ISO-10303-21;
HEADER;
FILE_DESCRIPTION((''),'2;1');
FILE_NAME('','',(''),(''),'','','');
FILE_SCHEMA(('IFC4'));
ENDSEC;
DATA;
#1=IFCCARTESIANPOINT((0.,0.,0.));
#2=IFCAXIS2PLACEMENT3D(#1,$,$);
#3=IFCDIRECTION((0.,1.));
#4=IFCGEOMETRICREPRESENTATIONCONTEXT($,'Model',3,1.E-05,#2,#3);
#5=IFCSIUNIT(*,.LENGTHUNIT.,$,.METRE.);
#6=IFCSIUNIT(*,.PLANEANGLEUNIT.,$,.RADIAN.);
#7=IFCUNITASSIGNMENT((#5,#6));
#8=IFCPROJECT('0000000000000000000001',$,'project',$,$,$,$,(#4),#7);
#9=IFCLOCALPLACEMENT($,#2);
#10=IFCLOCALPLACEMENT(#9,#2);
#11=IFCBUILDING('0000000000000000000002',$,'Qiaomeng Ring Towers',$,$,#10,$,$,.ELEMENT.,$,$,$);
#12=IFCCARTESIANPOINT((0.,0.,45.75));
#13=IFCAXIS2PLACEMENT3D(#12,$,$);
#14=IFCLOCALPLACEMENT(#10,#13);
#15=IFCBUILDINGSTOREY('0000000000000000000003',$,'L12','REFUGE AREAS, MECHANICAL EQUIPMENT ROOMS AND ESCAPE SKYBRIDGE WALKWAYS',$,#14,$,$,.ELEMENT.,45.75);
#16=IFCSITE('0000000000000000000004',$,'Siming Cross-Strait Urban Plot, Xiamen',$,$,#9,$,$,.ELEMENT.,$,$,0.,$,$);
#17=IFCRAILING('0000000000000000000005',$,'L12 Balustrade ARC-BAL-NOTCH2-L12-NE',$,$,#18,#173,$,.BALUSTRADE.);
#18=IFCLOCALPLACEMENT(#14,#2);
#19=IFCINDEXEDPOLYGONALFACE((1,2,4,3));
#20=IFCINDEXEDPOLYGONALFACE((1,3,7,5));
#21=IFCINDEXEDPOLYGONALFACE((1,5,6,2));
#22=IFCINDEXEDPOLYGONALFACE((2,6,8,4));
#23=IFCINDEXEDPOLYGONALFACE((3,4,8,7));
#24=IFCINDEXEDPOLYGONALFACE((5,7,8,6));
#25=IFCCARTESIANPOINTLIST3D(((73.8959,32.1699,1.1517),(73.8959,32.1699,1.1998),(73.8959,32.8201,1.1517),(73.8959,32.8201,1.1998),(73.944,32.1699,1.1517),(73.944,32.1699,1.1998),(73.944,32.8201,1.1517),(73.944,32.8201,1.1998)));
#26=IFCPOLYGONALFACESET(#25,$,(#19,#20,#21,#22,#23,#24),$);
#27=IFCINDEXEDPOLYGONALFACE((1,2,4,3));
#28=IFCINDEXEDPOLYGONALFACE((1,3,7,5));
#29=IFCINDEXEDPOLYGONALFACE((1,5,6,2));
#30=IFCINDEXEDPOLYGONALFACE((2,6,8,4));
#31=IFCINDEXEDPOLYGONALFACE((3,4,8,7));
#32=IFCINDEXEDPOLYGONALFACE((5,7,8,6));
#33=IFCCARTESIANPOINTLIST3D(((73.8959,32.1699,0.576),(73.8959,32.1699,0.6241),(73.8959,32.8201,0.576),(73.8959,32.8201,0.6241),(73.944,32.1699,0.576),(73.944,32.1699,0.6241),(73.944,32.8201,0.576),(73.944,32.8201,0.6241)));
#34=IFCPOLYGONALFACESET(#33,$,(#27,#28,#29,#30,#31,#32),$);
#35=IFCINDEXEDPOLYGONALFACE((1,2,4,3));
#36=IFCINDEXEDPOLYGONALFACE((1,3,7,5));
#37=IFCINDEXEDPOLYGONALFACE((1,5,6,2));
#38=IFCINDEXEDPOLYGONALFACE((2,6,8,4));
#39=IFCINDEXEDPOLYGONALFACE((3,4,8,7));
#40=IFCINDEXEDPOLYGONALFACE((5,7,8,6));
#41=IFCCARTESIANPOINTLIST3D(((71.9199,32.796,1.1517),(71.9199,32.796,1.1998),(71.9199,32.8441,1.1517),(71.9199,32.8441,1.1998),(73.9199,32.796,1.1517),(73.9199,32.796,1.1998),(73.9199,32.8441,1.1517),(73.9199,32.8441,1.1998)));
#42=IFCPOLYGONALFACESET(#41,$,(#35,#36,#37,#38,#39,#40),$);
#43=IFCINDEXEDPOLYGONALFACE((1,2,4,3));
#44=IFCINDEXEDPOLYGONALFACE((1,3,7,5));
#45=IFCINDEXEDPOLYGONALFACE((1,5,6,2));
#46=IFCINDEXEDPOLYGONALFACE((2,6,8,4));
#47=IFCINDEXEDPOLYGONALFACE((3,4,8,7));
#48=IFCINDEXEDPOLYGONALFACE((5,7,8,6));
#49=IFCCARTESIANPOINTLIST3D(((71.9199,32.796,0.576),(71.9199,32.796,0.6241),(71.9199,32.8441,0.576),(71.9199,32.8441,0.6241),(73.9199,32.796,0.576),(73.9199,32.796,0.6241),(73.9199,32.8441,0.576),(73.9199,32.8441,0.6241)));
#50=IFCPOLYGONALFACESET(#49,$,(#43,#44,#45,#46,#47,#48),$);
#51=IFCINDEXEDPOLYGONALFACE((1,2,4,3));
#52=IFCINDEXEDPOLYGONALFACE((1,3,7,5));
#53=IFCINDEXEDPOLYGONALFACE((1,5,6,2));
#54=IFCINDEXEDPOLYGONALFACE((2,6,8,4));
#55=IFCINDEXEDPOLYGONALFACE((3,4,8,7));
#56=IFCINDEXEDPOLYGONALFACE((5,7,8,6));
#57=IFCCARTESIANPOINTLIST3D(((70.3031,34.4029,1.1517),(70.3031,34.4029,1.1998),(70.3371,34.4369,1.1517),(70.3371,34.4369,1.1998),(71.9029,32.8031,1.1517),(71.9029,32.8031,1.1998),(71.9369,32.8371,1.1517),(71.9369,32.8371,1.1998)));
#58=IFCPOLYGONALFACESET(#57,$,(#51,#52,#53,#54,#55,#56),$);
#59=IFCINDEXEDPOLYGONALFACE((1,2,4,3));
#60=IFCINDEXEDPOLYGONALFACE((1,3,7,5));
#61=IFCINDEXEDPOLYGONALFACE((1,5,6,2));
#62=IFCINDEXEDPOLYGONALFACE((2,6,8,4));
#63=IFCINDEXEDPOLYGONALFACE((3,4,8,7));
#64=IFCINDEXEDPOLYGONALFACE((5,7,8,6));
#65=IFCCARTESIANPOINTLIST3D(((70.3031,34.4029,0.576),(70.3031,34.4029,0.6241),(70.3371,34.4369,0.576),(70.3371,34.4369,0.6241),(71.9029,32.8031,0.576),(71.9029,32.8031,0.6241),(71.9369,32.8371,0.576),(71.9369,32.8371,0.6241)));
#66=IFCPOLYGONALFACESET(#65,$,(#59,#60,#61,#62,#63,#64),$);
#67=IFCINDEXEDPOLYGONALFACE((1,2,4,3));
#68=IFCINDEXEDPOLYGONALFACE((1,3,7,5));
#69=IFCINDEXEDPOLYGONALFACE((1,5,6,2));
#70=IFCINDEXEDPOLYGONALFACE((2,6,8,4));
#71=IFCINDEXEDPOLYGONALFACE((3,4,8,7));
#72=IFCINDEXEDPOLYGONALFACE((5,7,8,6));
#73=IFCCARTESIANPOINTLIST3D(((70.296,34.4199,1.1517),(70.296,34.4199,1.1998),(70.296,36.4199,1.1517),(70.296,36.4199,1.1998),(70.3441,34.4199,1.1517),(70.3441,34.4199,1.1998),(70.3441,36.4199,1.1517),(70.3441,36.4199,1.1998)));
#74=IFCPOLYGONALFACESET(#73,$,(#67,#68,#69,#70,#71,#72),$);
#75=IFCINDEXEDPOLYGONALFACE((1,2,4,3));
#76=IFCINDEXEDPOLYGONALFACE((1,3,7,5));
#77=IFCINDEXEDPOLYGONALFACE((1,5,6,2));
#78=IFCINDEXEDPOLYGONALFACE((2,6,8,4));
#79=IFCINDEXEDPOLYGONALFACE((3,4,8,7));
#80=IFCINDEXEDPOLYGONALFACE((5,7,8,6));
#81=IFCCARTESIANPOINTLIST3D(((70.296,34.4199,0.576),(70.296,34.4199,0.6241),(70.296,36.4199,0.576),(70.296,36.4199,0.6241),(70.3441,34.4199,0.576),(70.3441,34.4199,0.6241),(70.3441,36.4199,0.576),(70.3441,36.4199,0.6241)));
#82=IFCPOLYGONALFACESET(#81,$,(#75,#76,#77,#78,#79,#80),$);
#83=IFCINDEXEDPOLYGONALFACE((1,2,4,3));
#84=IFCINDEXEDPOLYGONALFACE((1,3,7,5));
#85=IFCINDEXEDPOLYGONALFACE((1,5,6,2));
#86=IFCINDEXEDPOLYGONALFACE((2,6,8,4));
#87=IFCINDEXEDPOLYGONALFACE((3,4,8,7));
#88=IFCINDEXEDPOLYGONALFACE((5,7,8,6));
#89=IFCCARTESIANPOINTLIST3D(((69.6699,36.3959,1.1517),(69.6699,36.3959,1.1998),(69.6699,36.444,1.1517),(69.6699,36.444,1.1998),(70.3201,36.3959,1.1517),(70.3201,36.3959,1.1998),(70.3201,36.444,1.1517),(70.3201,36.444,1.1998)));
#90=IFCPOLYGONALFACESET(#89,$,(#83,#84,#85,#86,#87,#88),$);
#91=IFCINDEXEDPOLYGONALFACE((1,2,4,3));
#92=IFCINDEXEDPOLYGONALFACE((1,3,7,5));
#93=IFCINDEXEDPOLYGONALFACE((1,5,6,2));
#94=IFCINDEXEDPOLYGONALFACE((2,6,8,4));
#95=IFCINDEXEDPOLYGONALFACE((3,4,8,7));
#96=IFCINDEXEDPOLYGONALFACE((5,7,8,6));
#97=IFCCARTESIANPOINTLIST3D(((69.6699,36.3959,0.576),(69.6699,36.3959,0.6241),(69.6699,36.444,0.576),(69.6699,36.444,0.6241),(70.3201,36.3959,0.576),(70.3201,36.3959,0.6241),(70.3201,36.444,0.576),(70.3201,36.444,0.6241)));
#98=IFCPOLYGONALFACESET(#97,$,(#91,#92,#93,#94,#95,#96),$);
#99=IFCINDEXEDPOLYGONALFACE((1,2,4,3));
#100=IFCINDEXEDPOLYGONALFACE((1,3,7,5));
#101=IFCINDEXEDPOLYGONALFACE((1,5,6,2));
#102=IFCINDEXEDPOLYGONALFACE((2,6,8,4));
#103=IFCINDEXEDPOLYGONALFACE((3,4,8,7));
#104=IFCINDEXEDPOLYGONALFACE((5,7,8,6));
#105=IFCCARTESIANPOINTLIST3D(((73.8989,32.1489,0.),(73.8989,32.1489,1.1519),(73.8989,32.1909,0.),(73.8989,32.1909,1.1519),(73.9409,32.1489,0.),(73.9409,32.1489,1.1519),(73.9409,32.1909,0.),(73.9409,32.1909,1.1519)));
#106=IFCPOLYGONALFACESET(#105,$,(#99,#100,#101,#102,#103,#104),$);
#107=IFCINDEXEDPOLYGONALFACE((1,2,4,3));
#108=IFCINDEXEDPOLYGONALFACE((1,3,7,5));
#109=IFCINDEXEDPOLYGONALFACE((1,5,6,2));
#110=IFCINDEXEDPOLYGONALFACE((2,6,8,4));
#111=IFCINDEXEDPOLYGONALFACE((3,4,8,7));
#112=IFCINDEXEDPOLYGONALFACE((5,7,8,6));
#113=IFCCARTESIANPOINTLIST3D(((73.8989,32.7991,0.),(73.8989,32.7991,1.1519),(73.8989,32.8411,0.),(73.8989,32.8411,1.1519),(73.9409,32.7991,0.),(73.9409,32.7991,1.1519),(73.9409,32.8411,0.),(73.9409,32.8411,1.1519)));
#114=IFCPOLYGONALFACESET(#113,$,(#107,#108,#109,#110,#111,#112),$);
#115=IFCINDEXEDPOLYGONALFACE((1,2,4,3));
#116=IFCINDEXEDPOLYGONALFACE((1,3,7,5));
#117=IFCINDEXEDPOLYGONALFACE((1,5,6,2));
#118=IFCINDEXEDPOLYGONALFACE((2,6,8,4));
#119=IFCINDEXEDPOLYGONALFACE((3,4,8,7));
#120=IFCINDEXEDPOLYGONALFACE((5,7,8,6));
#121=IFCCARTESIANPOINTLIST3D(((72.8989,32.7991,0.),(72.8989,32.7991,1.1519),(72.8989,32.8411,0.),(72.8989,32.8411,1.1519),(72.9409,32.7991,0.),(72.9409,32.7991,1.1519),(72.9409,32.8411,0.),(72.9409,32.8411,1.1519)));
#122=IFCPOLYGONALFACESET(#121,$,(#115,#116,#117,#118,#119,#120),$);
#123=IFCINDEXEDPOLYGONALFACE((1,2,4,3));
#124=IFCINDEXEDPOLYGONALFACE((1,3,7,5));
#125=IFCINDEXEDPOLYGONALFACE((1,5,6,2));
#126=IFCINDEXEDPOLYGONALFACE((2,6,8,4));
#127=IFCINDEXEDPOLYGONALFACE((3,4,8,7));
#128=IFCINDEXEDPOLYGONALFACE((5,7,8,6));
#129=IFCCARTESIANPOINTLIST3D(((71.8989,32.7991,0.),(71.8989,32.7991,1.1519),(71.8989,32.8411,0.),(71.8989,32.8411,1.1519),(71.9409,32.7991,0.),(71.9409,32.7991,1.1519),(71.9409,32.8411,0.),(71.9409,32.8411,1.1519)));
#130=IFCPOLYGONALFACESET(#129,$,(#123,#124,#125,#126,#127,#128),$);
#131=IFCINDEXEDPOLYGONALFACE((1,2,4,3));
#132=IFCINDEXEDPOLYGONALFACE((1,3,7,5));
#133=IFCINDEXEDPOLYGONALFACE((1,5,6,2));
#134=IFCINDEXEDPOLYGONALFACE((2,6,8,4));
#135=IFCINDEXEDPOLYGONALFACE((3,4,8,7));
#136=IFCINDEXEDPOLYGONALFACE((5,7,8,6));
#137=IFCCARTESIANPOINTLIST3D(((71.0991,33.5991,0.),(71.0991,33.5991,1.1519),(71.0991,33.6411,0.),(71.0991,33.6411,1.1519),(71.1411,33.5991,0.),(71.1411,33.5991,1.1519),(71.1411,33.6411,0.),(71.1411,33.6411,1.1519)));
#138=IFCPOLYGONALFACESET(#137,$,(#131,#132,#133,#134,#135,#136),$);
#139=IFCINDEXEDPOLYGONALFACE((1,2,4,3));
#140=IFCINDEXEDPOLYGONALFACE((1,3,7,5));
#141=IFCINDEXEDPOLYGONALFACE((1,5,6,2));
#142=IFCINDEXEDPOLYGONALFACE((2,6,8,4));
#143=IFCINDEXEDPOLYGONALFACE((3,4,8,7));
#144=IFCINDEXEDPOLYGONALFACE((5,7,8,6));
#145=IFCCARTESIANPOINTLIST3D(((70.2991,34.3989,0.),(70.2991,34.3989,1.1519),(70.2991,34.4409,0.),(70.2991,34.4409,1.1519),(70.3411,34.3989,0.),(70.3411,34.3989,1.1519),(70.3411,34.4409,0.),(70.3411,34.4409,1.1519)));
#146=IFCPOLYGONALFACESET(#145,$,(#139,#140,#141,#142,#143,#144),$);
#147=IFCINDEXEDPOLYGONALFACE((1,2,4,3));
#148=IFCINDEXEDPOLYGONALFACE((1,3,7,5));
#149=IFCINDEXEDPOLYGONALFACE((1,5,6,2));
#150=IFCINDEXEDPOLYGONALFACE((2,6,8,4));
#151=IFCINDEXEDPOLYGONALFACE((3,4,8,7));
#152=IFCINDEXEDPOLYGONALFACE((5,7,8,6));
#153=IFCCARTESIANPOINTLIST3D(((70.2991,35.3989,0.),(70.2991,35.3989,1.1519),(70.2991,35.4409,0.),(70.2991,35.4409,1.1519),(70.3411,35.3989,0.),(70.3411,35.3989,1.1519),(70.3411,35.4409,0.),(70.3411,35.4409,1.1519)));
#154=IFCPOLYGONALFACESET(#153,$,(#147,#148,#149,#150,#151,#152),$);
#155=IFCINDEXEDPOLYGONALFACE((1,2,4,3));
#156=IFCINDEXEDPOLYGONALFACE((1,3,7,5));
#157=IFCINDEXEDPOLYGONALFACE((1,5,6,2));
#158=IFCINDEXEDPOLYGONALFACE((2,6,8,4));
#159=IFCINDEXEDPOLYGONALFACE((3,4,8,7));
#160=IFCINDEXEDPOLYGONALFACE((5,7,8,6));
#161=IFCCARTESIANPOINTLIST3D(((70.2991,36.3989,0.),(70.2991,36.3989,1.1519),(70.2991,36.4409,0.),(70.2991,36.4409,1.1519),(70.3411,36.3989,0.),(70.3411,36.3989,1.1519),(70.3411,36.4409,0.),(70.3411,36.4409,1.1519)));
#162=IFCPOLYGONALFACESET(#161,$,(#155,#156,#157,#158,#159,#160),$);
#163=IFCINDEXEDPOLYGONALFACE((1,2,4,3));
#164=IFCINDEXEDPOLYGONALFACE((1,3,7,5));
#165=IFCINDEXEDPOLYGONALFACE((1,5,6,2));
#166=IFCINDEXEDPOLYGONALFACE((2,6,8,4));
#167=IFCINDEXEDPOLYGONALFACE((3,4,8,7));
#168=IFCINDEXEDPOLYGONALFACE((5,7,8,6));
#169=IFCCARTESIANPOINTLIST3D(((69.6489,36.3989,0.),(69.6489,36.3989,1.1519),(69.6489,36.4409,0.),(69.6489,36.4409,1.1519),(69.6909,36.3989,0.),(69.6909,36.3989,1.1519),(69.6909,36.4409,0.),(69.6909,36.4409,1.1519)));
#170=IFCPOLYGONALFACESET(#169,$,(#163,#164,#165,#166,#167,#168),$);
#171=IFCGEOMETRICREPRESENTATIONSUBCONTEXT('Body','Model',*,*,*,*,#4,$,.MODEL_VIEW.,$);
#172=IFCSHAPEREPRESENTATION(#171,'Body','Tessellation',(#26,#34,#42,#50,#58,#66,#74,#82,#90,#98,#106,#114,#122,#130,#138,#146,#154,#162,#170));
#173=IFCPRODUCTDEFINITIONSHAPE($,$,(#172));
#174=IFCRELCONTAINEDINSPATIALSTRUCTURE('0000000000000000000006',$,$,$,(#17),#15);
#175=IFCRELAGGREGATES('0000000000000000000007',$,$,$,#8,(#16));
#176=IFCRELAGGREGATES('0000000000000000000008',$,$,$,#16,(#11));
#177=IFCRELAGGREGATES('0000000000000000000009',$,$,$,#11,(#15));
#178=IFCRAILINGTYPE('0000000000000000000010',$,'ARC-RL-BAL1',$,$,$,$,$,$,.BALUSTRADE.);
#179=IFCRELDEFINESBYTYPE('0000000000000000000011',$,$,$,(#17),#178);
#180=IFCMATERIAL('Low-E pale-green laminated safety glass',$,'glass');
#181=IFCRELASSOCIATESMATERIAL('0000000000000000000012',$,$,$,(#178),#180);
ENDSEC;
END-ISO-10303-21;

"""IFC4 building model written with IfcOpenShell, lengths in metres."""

from ifc_helpers import new_model, si_unit, direction, frame, origin, origin_2d, place, context, subcontext, project, spatial, rectangle, extrude, material, type_object, element, save


model = new_model("IFC4")

# Units and contexts
model_context = context("Model", 3, precision=1e-05, world=origin(), true_north=direction((0.0, 1.0)))
body_context = subcontext(model_context, "Body", "Model", "MODEL_VIEW")
ifc_project = project(units=[si_unit("LENGTHUNIT", "METRE"), si_unit("PLANEANGLEUNIT", "RADIAN")], contexts=[model_context])

# Site, building, storey
site_placement = place(None, origin())
site = spatial("IfcSite", under=ifc_project, at=site_placement, Name="Siming Cross-Strait Urban Plot, Xiamen", CompositionType="ELEMENT", RefElevation=0.0)
building_placement = place(site_placement, origin())
building = spatial("IfcBuilding", under=site, at=building_placement, Name="Qiaomeng Ring Towers", CompositionType="ELEMENT")
storey_placement = place(building_placement, frame((0.0, 0.0, 45.75)))
storey = spatial("IfcBuildingStorey", under=building, at=storey_placement, Name="L12", Description="REFUGE AREAS, MECHANICAL EQUIPMENT ROOMS AND ESCAPE SKYBRIDGE WALKWAYS", CompositionType="ELEMENT", Elevation=45.75)

# Railing
ifc_material_1 = material(Name="Low-E pale-green laminated safety glass", Category="glass")
railing_type = type_object("IfcRailingType", Name="ARC-RL-BAL1", PredefinedType="BALUSTRADE", material=ifc_material_1)
railing_1_placement = place(storey_placement, frame((73.9199, 32.1699, 0.0)))
element("IfcRailing", 1, at=railing_1_placement, inside=storey, type_object=railing_type, Name="L12 Balustrade ARC-BAL-NOTCH2-L12-NE", PredefinedType="BALUSTRADE", context=body_context, shape_type="SweptSolid", body=[
    extrude(rectangle(XDim=0.0481, YDim=0.0481, at=origin_2d()), frame((0.0, 0.0, 1.1758), z_axis=(0.0, 1.0, 0.0), x_axis=(-1.0, 0.0, 0.0)), (0.0, 0.0, 1.0), 0.6501),
    extrude(rectangle(XDim=0.0481, YDim=0.0481, at=origin_2d()), frame((0.0, 0.0, 0.6001), z_axis=(0.0, 1.0, 0.0), x_axis=(-1.0, 0.0, 0.0)), (0.0, 0.0, 1.0), 0.6501),
    extrude(rectangle(XDim=0.0481, YDim=0.0481, at=origin_2d()), frame((0.0, 0.6501, 1.1758), z_axis=(-1.0, 0.0, 0.0), x_axis=(0.0, -1.0, 0.0)), (0.0, 0.0, 1.0), 2.0),
    extrude(rectangle(XDim=0.0481, YDim=0.0481, at=origin_2d()), frame((0.0, 0.6501, 0.6001), z_axis=(-1.0, 0.0, 0.0), x_axis=(0.0, -1.0, 0.0)), (0.0, 0.0, 1.0), 2.0),
    extrude(rectangle(XDim=0.0481, YDim=0.0481, at=origin_2d()), frame((-2.0, 0.6501, 1.1758), z_axis=(-0.707107, 0.707107, 0.0), x_axis=(-0.707107, -0.707107, 0.0)), (0.0, 0.0, 1.0), 2.2625),
    extrude(rectangle(XDim=0.0481, YDim=0.0481, at=origin_2d()), frame((-2.0, 0.6501, 0.6001), z_axis=(-0.707107, 0.707107, 0.0), x_axis=(-0.707107, -0.707107, 0.0)), (0.0, 0.0, 1.0), 2.2625),
    extrude(rectangle(XDim=0.0481, YDim=0.0481, at=origin_2d()), frame((-3.5999, 2.25, 1.1758), z_axis=(0.0, 1.0, 0.0), x_axis=(-1.0, 0.0, 0.0)), (0.0, 0.0, 1.0), 2.0),
    extrude(rectangle(XDim=0.0481, YDim=0.0481, at=origin_2d()), frame((-3.5999, 2.25, 0.6001), z_axis=(0.0, 1.0, 0.0), x_axis=(-1.0, 0.0, 0.0)), (0.0, 0.0, 1.0), 2.0),
    extrude(rectangle(XDim=0.0481, YDim=0.0481, at=origin_2d()), frame((-3.5999, 4.25, 1.1758), z_axis=(-1.0, 0.0, 0.0), x_axis=(0.0, -1.0, 0.0)), (0.0, 0.0, 1.0), 0.6501),
    extrude(rectangle(XDim=0.0481, YDim=0.0481, at=origin_2d()), frame((-3.5999, 4.25, 0.6001), z_axis=(-1.0, 0.0, 0.0), x_axis=(0.0, -1.0, 0.0)), (0.0, 0.0, 1.0), 0.6501),
    extrude(rectangle(XDim=0.042, YDim=0.042, at=origin_2d()), origin(), (0.0, 0.0, 1.0), 1.1519),
    extrude(rectangle(XDim=0.042, YDim=0.042, at=origin_2d()), frame((0.0, 0.6501, 0.0)), (0.0, 0.0, 1.0), 1.1519),
    extrude(rectangle(XDim=0.042, YDim=0.042, at=origin_2d()), frame((-1.0, 0.6501, 0.0)), (0.0, 0.0, 1.0), 1.1519),
    extrude(rectangle(XDim=0.042, YDim=0.042, at=origin_2d()), frame((-2.0, 0.6501, 0.0)), (0.0, 0.0, 1.0), 1.1519),
    extrude(rectangle(XDim=0.042, YDim=0.042, at=origin_2d()), frame((-2.7998, 1.4502, 0.0)), (0.0, 0.0, 1.0), 1.1519),
    extrude(rectangle(XDim=0.042, YDim=0.042, at=origin_2d()), frame((-3.5999, 2.25, 0.0)), (0.0, 0.0, 1.0), 1.1519),
    extrude(rectangle(XDim=0.042, YDim=0.042, at=origin_2d()), frame((-3.5999, 3.25, 0.0)), (0.0, 0.0, 1.0), 1.1519),
    extrude(rectangle(XDim=0.042, YDim=0.042, at=origin_2d()), frame((-3.5999, 4.25, 0.0)), (0.0, 0.0, 1.0), 1.1519),
    extrude(rectangle(XDim=0.042, YDim=0.042, at=origin_2d()), frame((-4.25, 4.25, 0.0)), (0.0, 0.0, 1.0), 1.1519),
])

save(model, "model.ifc")
